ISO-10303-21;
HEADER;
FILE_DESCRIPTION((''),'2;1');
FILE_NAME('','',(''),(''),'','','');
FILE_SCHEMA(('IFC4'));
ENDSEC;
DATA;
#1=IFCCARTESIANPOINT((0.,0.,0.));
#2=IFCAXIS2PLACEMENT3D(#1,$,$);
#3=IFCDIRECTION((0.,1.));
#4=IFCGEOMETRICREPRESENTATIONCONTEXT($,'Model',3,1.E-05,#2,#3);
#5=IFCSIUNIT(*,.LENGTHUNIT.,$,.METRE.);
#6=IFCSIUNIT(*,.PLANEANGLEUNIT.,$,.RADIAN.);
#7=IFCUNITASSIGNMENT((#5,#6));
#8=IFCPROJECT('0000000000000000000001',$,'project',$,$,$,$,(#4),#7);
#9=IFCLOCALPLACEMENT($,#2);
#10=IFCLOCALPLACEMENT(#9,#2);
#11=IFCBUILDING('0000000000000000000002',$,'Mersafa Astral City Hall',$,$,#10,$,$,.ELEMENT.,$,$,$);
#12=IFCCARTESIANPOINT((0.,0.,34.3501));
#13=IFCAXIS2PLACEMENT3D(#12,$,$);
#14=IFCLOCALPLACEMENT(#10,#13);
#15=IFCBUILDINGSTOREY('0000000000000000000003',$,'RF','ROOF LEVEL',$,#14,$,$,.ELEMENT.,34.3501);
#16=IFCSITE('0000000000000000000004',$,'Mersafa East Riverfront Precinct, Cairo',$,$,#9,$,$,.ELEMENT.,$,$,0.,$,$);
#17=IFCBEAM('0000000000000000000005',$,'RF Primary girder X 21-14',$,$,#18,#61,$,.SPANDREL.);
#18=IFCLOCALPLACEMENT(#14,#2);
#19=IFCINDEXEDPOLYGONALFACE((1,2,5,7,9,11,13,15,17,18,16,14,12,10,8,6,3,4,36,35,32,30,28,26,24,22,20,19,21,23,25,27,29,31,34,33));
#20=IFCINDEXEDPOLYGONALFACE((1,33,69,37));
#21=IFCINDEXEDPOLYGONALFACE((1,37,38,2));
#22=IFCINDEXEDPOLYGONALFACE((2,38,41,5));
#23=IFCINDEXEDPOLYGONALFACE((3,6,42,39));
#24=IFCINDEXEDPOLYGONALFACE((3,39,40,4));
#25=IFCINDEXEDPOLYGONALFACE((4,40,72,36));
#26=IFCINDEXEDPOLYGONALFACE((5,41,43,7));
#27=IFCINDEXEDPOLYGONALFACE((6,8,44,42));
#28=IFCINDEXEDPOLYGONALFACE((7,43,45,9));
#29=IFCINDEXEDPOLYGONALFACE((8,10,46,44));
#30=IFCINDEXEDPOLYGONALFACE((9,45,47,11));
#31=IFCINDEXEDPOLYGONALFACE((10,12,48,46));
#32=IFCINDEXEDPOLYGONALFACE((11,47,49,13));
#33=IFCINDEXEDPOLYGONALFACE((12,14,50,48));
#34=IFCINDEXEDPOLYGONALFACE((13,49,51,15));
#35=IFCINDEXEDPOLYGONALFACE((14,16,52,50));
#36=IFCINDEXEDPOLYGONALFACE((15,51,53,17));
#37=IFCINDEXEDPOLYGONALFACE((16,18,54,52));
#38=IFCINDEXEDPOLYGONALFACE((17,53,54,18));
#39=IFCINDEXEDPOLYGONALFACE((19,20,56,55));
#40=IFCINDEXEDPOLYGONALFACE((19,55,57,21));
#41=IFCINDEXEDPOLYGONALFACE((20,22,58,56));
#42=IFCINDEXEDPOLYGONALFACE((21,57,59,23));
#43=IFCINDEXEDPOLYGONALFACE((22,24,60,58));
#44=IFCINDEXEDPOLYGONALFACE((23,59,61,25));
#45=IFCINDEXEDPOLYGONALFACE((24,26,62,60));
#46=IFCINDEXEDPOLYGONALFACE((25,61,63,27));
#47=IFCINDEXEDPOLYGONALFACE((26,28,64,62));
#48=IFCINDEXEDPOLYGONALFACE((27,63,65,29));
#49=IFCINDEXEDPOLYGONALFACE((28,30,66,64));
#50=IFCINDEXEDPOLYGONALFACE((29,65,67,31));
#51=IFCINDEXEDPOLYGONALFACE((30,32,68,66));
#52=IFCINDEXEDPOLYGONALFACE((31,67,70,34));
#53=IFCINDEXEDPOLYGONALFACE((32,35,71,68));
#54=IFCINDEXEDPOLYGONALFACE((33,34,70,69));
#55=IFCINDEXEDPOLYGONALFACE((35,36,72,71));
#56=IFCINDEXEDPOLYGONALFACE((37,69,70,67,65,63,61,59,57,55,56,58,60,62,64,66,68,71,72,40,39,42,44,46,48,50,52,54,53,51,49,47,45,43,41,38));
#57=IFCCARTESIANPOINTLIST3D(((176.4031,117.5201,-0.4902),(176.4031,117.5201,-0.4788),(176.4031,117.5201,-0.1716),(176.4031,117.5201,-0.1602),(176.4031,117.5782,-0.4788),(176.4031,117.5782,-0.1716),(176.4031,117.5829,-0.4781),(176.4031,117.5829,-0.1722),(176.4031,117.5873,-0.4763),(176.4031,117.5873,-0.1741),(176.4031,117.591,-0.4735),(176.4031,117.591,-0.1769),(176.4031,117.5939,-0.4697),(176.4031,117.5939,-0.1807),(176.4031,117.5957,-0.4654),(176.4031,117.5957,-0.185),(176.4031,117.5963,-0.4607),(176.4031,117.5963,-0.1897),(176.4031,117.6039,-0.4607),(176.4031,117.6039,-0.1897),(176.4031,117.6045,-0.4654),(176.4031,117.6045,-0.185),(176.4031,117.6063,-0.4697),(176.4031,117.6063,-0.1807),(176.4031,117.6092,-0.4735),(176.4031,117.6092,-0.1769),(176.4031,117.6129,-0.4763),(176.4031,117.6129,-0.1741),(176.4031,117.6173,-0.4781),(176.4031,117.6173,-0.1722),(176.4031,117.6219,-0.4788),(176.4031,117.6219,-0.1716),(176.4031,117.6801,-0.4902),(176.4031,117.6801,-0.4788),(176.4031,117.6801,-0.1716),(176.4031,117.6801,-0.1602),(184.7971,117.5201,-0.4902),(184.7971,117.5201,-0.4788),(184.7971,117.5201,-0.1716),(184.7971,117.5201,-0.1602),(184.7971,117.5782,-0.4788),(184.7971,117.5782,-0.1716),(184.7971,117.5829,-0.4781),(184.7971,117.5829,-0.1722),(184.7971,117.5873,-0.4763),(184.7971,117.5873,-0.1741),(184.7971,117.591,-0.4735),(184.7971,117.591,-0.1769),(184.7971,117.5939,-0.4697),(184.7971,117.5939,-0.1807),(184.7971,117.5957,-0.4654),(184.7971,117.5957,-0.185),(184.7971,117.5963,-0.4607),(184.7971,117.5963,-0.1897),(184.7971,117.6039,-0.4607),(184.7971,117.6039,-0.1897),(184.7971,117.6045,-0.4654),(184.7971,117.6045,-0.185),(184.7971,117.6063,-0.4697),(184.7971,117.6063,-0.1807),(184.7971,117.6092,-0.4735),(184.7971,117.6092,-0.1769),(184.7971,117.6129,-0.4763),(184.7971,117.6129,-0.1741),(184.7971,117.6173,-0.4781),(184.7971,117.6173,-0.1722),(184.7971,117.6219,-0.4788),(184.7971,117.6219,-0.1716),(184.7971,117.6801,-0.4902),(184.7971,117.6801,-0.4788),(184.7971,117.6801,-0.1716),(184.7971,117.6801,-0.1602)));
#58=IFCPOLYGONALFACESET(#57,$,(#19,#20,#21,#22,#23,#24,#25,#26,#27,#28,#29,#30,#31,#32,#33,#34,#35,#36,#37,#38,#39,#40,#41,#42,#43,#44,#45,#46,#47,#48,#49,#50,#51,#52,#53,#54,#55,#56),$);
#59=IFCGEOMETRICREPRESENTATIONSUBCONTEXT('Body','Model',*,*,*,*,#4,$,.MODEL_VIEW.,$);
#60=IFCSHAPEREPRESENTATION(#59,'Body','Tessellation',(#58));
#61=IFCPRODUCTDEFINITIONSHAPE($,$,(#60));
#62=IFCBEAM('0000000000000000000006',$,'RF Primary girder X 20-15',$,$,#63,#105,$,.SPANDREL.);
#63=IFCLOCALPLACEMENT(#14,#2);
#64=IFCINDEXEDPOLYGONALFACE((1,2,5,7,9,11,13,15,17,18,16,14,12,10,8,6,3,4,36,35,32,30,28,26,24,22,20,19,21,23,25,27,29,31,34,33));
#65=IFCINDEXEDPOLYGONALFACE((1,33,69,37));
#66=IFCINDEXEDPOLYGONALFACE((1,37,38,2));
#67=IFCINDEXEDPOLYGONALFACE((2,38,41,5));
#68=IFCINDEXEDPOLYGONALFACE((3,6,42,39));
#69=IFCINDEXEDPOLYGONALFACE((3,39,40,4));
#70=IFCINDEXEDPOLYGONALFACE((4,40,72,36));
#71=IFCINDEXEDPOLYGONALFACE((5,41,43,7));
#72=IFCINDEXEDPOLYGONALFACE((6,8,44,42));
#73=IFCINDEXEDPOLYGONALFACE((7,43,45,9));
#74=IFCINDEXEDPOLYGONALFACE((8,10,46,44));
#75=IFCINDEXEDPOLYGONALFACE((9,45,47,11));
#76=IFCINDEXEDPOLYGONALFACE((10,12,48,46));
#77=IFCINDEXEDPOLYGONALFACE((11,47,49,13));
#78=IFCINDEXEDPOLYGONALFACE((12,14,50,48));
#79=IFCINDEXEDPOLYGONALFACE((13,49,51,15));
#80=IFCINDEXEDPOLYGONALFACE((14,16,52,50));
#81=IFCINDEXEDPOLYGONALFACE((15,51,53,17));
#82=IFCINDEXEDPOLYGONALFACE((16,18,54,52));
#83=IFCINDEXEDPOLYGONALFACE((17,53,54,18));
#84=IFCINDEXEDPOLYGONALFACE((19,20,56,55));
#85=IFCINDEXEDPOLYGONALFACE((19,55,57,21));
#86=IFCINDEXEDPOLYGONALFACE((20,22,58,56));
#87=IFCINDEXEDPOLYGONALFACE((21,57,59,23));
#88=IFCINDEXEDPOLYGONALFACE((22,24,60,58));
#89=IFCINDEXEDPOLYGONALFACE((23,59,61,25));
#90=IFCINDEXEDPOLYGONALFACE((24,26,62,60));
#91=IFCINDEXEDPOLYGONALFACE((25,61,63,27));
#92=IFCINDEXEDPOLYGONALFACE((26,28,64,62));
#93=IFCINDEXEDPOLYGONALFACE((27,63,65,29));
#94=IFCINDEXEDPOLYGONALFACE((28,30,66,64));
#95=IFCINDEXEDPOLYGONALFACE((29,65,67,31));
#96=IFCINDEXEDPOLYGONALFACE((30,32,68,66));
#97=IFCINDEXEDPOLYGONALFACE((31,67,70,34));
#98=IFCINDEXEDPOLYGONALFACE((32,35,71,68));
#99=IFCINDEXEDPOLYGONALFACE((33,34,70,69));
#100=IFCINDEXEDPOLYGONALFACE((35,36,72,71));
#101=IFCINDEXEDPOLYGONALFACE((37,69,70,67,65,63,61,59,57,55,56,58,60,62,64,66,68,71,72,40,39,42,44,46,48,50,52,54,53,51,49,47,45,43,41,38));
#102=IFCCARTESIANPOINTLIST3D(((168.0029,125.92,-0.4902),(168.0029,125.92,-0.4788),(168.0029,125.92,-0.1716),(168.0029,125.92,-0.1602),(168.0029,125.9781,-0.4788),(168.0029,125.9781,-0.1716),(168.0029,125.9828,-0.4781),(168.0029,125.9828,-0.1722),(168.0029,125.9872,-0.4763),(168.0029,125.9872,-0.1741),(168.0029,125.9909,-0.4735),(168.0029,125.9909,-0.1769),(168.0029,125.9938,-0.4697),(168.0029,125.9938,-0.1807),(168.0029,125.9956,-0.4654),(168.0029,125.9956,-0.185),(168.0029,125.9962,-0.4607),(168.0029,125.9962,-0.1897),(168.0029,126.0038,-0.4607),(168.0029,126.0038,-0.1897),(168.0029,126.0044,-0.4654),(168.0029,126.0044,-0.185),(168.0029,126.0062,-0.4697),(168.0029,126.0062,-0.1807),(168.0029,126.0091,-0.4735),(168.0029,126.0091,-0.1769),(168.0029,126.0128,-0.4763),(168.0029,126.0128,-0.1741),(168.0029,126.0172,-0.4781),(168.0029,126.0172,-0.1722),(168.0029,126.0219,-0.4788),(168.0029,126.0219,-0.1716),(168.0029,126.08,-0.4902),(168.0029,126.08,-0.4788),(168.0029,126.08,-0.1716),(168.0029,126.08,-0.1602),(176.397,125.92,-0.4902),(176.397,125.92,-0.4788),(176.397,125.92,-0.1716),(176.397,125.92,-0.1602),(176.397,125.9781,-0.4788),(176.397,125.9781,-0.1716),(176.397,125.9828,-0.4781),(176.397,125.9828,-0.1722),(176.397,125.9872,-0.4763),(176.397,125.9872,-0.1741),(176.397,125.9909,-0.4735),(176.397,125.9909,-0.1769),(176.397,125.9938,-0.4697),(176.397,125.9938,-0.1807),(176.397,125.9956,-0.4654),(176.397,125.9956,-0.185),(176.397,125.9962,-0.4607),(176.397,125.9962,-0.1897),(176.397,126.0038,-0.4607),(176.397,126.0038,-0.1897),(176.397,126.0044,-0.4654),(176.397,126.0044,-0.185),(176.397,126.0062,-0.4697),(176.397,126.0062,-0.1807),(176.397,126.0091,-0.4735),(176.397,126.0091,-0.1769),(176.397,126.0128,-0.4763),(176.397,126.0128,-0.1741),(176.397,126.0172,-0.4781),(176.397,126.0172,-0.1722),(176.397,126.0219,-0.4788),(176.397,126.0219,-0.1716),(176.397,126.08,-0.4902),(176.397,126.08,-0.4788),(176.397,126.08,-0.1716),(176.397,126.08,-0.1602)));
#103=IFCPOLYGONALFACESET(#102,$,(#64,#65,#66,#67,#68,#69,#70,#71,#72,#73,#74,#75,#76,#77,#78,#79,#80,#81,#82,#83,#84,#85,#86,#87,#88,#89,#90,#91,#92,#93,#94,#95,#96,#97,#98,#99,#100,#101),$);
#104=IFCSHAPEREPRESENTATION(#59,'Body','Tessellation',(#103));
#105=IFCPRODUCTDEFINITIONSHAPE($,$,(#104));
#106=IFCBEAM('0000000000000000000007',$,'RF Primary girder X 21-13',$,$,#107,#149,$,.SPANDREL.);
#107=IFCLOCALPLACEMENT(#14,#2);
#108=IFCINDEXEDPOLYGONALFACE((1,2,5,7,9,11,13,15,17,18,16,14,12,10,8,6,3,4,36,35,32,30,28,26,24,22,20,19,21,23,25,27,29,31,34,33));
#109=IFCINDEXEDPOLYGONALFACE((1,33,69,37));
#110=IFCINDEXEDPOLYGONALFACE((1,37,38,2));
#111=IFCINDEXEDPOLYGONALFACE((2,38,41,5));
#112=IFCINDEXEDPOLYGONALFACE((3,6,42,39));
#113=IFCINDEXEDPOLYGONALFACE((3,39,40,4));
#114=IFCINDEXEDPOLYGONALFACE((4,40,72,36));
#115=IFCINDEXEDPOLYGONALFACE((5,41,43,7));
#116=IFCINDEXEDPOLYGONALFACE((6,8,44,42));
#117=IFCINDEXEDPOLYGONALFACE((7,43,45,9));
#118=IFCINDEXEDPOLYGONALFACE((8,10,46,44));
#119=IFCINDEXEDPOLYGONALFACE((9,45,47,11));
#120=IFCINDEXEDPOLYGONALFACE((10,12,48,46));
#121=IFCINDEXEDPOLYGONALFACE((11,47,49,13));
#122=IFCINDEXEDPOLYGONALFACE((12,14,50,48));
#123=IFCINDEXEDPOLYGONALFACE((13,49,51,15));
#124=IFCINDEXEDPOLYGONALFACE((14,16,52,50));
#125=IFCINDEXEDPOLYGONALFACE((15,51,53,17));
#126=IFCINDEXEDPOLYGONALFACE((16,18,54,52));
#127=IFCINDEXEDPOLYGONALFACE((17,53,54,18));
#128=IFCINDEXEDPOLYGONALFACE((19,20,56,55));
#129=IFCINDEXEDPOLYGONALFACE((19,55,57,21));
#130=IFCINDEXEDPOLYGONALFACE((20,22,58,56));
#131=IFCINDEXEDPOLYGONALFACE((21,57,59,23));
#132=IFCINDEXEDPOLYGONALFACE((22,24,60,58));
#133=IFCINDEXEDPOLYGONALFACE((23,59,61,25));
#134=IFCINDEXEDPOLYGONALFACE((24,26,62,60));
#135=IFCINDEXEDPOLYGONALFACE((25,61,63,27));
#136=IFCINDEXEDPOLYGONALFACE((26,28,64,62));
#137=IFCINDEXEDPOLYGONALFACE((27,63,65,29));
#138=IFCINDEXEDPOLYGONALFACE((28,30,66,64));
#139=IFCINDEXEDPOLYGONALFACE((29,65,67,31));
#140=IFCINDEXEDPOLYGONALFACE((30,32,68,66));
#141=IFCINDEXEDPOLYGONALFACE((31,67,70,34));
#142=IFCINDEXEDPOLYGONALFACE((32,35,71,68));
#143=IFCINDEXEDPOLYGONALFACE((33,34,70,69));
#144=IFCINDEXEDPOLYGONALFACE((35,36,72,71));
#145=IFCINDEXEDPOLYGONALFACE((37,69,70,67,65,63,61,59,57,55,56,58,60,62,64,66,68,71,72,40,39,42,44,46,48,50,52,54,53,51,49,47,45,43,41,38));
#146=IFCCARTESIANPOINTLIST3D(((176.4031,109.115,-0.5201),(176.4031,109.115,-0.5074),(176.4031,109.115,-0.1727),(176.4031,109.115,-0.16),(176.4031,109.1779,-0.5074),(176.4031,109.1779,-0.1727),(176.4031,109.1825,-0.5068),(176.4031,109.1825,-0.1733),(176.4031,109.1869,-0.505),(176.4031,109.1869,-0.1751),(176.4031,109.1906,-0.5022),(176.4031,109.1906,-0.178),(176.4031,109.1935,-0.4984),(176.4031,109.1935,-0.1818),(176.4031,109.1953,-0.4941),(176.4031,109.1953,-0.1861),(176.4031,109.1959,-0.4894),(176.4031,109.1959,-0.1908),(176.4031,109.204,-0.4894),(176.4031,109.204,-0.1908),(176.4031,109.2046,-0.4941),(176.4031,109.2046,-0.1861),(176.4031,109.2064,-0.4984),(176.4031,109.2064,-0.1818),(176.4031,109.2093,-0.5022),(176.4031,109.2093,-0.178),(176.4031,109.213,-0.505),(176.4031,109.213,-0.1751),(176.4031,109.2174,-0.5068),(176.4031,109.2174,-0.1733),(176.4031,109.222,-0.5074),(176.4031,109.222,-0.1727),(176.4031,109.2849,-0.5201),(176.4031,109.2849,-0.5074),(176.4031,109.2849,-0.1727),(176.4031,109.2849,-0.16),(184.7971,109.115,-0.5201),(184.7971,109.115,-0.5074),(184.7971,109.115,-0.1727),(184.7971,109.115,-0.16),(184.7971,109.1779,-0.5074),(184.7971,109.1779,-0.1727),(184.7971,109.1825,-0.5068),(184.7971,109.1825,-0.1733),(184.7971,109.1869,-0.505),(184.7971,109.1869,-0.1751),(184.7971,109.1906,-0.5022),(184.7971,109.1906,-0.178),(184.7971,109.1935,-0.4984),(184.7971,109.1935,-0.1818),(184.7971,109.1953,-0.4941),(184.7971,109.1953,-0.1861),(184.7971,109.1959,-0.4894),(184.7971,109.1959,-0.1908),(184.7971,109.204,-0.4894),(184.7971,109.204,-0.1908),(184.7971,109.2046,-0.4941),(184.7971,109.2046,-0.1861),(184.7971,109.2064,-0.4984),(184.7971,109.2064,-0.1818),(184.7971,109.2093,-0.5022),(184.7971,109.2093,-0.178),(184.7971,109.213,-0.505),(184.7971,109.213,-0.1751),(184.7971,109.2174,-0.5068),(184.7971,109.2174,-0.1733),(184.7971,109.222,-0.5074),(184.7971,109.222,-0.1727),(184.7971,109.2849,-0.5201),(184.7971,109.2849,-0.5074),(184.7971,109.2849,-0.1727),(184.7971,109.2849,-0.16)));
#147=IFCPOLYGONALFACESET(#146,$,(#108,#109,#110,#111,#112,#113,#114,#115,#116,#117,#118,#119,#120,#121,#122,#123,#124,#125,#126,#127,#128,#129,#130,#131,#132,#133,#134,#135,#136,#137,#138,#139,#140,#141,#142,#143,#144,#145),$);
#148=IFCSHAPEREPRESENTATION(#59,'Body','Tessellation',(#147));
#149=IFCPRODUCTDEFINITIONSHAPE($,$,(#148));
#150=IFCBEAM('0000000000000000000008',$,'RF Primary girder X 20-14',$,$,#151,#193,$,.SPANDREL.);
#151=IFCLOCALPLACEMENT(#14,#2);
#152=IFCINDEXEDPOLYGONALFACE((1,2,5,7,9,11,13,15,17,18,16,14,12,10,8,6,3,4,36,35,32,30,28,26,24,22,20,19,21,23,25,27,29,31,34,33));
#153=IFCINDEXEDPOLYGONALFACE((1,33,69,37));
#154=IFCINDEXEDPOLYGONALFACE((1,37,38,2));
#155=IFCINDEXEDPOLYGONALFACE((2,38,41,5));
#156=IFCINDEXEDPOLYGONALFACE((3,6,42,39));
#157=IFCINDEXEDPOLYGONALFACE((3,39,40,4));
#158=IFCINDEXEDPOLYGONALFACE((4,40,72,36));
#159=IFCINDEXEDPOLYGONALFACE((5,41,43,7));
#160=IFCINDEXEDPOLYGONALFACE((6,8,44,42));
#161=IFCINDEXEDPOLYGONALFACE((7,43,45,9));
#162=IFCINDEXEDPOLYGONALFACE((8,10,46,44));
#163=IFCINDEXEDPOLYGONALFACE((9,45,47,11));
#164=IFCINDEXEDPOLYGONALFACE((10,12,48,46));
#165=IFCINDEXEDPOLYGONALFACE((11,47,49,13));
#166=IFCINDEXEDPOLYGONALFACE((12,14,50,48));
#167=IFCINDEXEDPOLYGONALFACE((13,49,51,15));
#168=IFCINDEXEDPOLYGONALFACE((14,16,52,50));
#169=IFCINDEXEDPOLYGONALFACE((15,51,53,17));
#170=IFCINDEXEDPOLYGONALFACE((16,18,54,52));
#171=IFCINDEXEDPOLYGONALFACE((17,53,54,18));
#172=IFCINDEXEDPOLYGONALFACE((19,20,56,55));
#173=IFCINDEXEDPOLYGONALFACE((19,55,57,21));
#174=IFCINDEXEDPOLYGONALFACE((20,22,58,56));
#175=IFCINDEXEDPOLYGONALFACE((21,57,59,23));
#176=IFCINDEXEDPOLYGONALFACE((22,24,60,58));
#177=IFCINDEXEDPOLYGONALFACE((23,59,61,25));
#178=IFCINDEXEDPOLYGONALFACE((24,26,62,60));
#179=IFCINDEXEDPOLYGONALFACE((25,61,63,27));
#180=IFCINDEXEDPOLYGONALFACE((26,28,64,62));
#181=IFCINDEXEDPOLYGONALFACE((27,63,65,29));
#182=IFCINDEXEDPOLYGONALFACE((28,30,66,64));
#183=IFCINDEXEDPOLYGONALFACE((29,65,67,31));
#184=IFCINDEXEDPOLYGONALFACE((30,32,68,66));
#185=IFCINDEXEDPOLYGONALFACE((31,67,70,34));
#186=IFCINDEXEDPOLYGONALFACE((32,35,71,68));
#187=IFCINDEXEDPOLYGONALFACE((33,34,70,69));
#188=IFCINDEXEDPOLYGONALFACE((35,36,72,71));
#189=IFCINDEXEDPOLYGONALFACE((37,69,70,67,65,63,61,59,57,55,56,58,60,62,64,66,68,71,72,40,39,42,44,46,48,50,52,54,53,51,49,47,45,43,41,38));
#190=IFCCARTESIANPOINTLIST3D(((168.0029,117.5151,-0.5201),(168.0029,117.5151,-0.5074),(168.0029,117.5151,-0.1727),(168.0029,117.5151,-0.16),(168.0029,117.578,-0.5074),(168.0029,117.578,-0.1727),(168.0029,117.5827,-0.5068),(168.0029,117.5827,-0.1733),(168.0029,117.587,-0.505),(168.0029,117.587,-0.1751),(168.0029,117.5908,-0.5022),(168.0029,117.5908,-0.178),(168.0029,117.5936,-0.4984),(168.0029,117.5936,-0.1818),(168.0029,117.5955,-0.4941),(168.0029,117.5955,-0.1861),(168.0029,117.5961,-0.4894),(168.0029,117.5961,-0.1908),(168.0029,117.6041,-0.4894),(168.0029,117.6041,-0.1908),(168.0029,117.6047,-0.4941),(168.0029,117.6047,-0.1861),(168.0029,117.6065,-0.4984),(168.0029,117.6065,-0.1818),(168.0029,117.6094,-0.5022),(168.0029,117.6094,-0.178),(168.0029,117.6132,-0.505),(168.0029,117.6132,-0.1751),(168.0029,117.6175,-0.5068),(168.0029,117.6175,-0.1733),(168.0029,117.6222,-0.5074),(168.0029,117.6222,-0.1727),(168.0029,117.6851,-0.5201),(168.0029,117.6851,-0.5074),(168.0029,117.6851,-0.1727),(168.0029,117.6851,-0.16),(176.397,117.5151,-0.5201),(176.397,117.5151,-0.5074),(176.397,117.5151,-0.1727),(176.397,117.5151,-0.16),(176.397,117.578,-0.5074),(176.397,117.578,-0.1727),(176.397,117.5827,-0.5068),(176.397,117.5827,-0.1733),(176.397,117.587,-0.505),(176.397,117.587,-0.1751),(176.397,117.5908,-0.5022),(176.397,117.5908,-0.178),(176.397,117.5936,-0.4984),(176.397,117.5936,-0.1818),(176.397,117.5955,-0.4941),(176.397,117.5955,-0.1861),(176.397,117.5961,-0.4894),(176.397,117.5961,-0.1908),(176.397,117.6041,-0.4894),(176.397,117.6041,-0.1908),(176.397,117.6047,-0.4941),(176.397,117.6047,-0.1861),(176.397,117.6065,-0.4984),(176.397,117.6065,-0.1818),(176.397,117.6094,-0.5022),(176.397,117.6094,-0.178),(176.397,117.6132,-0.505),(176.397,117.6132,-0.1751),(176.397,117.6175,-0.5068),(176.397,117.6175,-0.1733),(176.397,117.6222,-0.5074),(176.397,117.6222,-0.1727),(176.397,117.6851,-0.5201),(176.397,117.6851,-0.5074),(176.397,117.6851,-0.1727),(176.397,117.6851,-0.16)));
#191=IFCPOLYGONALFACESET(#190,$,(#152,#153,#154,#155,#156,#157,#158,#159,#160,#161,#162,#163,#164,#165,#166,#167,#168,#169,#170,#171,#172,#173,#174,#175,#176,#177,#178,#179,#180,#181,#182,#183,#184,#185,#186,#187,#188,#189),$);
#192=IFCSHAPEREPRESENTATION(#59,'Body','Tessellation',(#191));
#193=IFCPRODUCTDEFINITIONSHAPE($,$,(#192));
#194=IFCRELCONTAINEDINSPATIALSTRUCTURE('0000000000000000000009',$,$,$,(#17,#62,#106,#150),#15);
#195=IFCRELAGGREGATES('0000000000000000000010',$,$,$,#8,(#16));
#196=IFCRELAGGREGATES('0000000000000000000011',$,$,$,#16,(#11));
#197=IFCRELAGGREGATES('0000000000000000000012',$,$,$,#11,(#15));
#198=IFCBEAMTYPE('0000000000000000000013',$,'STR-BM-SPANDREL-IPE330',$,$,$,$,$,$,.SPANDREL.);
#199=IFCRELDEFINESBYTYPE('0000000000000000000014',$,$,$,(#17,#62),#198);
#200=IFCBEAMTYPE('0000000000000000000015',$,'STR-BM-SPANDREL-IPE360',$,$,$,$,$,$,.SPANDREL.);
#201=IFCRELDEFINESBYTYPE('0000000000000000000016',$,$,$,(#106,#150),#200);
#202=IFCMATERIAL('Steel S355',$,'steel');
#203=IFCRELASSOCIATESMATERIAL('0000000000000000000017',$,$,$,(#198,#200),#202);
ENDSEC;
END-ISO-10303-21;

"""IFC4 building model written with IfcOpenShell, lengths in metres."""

from ifc_helpers import new_model, si_unit, direction, frame, origin, origin_2d, place, context, subcontext, project, spatial, i_section, extrude, material, material_profile, profile_set, type_object, element, save


model = new_model("IFC4")

# Units and contexts
model_context = context("Model", 3, precision=1e-05, world=origin(), true_north=direction((0.0, 1.0)))
body_context = subcontext(model_context, "Body", "Model", "MODEL_VIEW")
ifc_project = project(units=[si_unit("LENGTHUNIT", "METRE"), si_unit("PLANEANGLEUNIT", "RADIAN")], contexts=[model_context])

# Site, building, storey
site_placement = place(None, origin())
site = spatial("IfcSite", under=ifc_project, at=site_placement, Name="Mersafa East Riverfront Precinct, Cairo", CompositionType="ELEMENT", RefElevation=0.0)
building_placement = place(site_placement, origin())
building = spatial("IfcBuilding", under=site, at=building_placement, Name="Mersafa Astral City Hall", CompositionType="ELEMENT")
storey_placement = place(building_placement, frame((0.0, 0.0, 34.3501)))
storey = spatial("IfcBuildingStorey", under=building, at=storey_placement, Name="RF", Description="ROOF LEVEL", CompositionType="ELEMENT", Elevation=34.3501)

# Shared definitions
ifc_material_1 = material(Name="Steel S355", Category="steel")

# Beams
ifc_material_profile_1 = material_profile(ifc_material_1, i_section(OverallWidth=0.1599, OverallDepth=0.3301, WebThickness=0.0076, FlangeThickness=0.0115, FilletRadius=0.0181, at=origin_2d()), Name="IPE 330")
ifc_profile_set_1 = profile_set([ifc_material_profile_1], Name="Steel S355")
beam_type_1 = type_object("IfcBeamType", Name="STR-BM-SPANDREL-IPE330", PredefinedType="SPANDREL", material=ifc_profile_set_1)
for number, where, z_axis, x_axis, name in (
    (1, (176.4031, 117.6001, -0.3252), (1.0, 0.0, 0.0), (0.0, 1.0, 0.0), "RF Primary girder X 21-14"),
    (2, (168.0029, 126.0, -0.3252), (1.0, 0.0, 0.0), (0.0, 1.0, 0.0), "RF Primary girder X 20-15"),
):
    element("IfcBeam", number, at=place(storey_placement, frame(where, z_axis=z_axis, x_axis=x_axis)), inside=storey, type_object=beam_type_1, Name=name, PredefinedType="SPANDREL", context=body_context, shape_type="SweptSolid", body=[
        extrude(i_section(OverallWidth=0.1599, OverallDepth=0.3301, WebThickness=0.0076, FlangeThickness=0.0115, FilletRadius=0.0181, at=origin_2d()), origin(), (0.0, 0.0, 1.0), 8.394),
    ])
ifc_material_profile_2 = material_profile(ifc_material_1, i_section(OverallWidth=0.1699, OverallDepth=0.3601, WebThickness=0.0081, FlangeThickness=0.0127, FilletRadius=0.0181, at=origin_2d()), Name="IPE 360")
ifc_profile_set_2 = profile_set([ifc_material_profile_2], Name="Steel S355")
beam_type_2 = type_object("IfcBeamType", Name="STR-BM-SPANDREL-IPE360", PredefinedType="SPANDREL", material=ifc_profile_set_2)
for number, where, z_axis, x_axis, name in (
    (3, (176.4031, 109.2, -0.3401), (1.0, 0.0, 0.0), (0.0, 1.0, 0.0), "RF Primary girder X 21-13"),
    (4, (168.0029, 117.6001, -0.3401), (1.0, 0.0, 0.0), (0.0, 1.0, 0.0), "RF Primary girder X 20-14"),
):
    element("IfcBeam", number, at=place(storey_placement, frame(where, z_axis=z_axis, x_axis=x_axis)), inside=storey, type_object=beam_type_2, Name=name, PredefinedType="SPANDREL", context=body_context, shape_type="SweptSolid", body=[
        extrude(i_section(OverallWidth=0.1699, OverallDepth=0.3601, WebThickness=0.0081, FlangeThickness=0.0127, FilletRadius=0.0181, at=origin_2d()), origin(), (0.0, 0.0, 1.0), 8.394),
    ])

save(model, "model.ifc")
